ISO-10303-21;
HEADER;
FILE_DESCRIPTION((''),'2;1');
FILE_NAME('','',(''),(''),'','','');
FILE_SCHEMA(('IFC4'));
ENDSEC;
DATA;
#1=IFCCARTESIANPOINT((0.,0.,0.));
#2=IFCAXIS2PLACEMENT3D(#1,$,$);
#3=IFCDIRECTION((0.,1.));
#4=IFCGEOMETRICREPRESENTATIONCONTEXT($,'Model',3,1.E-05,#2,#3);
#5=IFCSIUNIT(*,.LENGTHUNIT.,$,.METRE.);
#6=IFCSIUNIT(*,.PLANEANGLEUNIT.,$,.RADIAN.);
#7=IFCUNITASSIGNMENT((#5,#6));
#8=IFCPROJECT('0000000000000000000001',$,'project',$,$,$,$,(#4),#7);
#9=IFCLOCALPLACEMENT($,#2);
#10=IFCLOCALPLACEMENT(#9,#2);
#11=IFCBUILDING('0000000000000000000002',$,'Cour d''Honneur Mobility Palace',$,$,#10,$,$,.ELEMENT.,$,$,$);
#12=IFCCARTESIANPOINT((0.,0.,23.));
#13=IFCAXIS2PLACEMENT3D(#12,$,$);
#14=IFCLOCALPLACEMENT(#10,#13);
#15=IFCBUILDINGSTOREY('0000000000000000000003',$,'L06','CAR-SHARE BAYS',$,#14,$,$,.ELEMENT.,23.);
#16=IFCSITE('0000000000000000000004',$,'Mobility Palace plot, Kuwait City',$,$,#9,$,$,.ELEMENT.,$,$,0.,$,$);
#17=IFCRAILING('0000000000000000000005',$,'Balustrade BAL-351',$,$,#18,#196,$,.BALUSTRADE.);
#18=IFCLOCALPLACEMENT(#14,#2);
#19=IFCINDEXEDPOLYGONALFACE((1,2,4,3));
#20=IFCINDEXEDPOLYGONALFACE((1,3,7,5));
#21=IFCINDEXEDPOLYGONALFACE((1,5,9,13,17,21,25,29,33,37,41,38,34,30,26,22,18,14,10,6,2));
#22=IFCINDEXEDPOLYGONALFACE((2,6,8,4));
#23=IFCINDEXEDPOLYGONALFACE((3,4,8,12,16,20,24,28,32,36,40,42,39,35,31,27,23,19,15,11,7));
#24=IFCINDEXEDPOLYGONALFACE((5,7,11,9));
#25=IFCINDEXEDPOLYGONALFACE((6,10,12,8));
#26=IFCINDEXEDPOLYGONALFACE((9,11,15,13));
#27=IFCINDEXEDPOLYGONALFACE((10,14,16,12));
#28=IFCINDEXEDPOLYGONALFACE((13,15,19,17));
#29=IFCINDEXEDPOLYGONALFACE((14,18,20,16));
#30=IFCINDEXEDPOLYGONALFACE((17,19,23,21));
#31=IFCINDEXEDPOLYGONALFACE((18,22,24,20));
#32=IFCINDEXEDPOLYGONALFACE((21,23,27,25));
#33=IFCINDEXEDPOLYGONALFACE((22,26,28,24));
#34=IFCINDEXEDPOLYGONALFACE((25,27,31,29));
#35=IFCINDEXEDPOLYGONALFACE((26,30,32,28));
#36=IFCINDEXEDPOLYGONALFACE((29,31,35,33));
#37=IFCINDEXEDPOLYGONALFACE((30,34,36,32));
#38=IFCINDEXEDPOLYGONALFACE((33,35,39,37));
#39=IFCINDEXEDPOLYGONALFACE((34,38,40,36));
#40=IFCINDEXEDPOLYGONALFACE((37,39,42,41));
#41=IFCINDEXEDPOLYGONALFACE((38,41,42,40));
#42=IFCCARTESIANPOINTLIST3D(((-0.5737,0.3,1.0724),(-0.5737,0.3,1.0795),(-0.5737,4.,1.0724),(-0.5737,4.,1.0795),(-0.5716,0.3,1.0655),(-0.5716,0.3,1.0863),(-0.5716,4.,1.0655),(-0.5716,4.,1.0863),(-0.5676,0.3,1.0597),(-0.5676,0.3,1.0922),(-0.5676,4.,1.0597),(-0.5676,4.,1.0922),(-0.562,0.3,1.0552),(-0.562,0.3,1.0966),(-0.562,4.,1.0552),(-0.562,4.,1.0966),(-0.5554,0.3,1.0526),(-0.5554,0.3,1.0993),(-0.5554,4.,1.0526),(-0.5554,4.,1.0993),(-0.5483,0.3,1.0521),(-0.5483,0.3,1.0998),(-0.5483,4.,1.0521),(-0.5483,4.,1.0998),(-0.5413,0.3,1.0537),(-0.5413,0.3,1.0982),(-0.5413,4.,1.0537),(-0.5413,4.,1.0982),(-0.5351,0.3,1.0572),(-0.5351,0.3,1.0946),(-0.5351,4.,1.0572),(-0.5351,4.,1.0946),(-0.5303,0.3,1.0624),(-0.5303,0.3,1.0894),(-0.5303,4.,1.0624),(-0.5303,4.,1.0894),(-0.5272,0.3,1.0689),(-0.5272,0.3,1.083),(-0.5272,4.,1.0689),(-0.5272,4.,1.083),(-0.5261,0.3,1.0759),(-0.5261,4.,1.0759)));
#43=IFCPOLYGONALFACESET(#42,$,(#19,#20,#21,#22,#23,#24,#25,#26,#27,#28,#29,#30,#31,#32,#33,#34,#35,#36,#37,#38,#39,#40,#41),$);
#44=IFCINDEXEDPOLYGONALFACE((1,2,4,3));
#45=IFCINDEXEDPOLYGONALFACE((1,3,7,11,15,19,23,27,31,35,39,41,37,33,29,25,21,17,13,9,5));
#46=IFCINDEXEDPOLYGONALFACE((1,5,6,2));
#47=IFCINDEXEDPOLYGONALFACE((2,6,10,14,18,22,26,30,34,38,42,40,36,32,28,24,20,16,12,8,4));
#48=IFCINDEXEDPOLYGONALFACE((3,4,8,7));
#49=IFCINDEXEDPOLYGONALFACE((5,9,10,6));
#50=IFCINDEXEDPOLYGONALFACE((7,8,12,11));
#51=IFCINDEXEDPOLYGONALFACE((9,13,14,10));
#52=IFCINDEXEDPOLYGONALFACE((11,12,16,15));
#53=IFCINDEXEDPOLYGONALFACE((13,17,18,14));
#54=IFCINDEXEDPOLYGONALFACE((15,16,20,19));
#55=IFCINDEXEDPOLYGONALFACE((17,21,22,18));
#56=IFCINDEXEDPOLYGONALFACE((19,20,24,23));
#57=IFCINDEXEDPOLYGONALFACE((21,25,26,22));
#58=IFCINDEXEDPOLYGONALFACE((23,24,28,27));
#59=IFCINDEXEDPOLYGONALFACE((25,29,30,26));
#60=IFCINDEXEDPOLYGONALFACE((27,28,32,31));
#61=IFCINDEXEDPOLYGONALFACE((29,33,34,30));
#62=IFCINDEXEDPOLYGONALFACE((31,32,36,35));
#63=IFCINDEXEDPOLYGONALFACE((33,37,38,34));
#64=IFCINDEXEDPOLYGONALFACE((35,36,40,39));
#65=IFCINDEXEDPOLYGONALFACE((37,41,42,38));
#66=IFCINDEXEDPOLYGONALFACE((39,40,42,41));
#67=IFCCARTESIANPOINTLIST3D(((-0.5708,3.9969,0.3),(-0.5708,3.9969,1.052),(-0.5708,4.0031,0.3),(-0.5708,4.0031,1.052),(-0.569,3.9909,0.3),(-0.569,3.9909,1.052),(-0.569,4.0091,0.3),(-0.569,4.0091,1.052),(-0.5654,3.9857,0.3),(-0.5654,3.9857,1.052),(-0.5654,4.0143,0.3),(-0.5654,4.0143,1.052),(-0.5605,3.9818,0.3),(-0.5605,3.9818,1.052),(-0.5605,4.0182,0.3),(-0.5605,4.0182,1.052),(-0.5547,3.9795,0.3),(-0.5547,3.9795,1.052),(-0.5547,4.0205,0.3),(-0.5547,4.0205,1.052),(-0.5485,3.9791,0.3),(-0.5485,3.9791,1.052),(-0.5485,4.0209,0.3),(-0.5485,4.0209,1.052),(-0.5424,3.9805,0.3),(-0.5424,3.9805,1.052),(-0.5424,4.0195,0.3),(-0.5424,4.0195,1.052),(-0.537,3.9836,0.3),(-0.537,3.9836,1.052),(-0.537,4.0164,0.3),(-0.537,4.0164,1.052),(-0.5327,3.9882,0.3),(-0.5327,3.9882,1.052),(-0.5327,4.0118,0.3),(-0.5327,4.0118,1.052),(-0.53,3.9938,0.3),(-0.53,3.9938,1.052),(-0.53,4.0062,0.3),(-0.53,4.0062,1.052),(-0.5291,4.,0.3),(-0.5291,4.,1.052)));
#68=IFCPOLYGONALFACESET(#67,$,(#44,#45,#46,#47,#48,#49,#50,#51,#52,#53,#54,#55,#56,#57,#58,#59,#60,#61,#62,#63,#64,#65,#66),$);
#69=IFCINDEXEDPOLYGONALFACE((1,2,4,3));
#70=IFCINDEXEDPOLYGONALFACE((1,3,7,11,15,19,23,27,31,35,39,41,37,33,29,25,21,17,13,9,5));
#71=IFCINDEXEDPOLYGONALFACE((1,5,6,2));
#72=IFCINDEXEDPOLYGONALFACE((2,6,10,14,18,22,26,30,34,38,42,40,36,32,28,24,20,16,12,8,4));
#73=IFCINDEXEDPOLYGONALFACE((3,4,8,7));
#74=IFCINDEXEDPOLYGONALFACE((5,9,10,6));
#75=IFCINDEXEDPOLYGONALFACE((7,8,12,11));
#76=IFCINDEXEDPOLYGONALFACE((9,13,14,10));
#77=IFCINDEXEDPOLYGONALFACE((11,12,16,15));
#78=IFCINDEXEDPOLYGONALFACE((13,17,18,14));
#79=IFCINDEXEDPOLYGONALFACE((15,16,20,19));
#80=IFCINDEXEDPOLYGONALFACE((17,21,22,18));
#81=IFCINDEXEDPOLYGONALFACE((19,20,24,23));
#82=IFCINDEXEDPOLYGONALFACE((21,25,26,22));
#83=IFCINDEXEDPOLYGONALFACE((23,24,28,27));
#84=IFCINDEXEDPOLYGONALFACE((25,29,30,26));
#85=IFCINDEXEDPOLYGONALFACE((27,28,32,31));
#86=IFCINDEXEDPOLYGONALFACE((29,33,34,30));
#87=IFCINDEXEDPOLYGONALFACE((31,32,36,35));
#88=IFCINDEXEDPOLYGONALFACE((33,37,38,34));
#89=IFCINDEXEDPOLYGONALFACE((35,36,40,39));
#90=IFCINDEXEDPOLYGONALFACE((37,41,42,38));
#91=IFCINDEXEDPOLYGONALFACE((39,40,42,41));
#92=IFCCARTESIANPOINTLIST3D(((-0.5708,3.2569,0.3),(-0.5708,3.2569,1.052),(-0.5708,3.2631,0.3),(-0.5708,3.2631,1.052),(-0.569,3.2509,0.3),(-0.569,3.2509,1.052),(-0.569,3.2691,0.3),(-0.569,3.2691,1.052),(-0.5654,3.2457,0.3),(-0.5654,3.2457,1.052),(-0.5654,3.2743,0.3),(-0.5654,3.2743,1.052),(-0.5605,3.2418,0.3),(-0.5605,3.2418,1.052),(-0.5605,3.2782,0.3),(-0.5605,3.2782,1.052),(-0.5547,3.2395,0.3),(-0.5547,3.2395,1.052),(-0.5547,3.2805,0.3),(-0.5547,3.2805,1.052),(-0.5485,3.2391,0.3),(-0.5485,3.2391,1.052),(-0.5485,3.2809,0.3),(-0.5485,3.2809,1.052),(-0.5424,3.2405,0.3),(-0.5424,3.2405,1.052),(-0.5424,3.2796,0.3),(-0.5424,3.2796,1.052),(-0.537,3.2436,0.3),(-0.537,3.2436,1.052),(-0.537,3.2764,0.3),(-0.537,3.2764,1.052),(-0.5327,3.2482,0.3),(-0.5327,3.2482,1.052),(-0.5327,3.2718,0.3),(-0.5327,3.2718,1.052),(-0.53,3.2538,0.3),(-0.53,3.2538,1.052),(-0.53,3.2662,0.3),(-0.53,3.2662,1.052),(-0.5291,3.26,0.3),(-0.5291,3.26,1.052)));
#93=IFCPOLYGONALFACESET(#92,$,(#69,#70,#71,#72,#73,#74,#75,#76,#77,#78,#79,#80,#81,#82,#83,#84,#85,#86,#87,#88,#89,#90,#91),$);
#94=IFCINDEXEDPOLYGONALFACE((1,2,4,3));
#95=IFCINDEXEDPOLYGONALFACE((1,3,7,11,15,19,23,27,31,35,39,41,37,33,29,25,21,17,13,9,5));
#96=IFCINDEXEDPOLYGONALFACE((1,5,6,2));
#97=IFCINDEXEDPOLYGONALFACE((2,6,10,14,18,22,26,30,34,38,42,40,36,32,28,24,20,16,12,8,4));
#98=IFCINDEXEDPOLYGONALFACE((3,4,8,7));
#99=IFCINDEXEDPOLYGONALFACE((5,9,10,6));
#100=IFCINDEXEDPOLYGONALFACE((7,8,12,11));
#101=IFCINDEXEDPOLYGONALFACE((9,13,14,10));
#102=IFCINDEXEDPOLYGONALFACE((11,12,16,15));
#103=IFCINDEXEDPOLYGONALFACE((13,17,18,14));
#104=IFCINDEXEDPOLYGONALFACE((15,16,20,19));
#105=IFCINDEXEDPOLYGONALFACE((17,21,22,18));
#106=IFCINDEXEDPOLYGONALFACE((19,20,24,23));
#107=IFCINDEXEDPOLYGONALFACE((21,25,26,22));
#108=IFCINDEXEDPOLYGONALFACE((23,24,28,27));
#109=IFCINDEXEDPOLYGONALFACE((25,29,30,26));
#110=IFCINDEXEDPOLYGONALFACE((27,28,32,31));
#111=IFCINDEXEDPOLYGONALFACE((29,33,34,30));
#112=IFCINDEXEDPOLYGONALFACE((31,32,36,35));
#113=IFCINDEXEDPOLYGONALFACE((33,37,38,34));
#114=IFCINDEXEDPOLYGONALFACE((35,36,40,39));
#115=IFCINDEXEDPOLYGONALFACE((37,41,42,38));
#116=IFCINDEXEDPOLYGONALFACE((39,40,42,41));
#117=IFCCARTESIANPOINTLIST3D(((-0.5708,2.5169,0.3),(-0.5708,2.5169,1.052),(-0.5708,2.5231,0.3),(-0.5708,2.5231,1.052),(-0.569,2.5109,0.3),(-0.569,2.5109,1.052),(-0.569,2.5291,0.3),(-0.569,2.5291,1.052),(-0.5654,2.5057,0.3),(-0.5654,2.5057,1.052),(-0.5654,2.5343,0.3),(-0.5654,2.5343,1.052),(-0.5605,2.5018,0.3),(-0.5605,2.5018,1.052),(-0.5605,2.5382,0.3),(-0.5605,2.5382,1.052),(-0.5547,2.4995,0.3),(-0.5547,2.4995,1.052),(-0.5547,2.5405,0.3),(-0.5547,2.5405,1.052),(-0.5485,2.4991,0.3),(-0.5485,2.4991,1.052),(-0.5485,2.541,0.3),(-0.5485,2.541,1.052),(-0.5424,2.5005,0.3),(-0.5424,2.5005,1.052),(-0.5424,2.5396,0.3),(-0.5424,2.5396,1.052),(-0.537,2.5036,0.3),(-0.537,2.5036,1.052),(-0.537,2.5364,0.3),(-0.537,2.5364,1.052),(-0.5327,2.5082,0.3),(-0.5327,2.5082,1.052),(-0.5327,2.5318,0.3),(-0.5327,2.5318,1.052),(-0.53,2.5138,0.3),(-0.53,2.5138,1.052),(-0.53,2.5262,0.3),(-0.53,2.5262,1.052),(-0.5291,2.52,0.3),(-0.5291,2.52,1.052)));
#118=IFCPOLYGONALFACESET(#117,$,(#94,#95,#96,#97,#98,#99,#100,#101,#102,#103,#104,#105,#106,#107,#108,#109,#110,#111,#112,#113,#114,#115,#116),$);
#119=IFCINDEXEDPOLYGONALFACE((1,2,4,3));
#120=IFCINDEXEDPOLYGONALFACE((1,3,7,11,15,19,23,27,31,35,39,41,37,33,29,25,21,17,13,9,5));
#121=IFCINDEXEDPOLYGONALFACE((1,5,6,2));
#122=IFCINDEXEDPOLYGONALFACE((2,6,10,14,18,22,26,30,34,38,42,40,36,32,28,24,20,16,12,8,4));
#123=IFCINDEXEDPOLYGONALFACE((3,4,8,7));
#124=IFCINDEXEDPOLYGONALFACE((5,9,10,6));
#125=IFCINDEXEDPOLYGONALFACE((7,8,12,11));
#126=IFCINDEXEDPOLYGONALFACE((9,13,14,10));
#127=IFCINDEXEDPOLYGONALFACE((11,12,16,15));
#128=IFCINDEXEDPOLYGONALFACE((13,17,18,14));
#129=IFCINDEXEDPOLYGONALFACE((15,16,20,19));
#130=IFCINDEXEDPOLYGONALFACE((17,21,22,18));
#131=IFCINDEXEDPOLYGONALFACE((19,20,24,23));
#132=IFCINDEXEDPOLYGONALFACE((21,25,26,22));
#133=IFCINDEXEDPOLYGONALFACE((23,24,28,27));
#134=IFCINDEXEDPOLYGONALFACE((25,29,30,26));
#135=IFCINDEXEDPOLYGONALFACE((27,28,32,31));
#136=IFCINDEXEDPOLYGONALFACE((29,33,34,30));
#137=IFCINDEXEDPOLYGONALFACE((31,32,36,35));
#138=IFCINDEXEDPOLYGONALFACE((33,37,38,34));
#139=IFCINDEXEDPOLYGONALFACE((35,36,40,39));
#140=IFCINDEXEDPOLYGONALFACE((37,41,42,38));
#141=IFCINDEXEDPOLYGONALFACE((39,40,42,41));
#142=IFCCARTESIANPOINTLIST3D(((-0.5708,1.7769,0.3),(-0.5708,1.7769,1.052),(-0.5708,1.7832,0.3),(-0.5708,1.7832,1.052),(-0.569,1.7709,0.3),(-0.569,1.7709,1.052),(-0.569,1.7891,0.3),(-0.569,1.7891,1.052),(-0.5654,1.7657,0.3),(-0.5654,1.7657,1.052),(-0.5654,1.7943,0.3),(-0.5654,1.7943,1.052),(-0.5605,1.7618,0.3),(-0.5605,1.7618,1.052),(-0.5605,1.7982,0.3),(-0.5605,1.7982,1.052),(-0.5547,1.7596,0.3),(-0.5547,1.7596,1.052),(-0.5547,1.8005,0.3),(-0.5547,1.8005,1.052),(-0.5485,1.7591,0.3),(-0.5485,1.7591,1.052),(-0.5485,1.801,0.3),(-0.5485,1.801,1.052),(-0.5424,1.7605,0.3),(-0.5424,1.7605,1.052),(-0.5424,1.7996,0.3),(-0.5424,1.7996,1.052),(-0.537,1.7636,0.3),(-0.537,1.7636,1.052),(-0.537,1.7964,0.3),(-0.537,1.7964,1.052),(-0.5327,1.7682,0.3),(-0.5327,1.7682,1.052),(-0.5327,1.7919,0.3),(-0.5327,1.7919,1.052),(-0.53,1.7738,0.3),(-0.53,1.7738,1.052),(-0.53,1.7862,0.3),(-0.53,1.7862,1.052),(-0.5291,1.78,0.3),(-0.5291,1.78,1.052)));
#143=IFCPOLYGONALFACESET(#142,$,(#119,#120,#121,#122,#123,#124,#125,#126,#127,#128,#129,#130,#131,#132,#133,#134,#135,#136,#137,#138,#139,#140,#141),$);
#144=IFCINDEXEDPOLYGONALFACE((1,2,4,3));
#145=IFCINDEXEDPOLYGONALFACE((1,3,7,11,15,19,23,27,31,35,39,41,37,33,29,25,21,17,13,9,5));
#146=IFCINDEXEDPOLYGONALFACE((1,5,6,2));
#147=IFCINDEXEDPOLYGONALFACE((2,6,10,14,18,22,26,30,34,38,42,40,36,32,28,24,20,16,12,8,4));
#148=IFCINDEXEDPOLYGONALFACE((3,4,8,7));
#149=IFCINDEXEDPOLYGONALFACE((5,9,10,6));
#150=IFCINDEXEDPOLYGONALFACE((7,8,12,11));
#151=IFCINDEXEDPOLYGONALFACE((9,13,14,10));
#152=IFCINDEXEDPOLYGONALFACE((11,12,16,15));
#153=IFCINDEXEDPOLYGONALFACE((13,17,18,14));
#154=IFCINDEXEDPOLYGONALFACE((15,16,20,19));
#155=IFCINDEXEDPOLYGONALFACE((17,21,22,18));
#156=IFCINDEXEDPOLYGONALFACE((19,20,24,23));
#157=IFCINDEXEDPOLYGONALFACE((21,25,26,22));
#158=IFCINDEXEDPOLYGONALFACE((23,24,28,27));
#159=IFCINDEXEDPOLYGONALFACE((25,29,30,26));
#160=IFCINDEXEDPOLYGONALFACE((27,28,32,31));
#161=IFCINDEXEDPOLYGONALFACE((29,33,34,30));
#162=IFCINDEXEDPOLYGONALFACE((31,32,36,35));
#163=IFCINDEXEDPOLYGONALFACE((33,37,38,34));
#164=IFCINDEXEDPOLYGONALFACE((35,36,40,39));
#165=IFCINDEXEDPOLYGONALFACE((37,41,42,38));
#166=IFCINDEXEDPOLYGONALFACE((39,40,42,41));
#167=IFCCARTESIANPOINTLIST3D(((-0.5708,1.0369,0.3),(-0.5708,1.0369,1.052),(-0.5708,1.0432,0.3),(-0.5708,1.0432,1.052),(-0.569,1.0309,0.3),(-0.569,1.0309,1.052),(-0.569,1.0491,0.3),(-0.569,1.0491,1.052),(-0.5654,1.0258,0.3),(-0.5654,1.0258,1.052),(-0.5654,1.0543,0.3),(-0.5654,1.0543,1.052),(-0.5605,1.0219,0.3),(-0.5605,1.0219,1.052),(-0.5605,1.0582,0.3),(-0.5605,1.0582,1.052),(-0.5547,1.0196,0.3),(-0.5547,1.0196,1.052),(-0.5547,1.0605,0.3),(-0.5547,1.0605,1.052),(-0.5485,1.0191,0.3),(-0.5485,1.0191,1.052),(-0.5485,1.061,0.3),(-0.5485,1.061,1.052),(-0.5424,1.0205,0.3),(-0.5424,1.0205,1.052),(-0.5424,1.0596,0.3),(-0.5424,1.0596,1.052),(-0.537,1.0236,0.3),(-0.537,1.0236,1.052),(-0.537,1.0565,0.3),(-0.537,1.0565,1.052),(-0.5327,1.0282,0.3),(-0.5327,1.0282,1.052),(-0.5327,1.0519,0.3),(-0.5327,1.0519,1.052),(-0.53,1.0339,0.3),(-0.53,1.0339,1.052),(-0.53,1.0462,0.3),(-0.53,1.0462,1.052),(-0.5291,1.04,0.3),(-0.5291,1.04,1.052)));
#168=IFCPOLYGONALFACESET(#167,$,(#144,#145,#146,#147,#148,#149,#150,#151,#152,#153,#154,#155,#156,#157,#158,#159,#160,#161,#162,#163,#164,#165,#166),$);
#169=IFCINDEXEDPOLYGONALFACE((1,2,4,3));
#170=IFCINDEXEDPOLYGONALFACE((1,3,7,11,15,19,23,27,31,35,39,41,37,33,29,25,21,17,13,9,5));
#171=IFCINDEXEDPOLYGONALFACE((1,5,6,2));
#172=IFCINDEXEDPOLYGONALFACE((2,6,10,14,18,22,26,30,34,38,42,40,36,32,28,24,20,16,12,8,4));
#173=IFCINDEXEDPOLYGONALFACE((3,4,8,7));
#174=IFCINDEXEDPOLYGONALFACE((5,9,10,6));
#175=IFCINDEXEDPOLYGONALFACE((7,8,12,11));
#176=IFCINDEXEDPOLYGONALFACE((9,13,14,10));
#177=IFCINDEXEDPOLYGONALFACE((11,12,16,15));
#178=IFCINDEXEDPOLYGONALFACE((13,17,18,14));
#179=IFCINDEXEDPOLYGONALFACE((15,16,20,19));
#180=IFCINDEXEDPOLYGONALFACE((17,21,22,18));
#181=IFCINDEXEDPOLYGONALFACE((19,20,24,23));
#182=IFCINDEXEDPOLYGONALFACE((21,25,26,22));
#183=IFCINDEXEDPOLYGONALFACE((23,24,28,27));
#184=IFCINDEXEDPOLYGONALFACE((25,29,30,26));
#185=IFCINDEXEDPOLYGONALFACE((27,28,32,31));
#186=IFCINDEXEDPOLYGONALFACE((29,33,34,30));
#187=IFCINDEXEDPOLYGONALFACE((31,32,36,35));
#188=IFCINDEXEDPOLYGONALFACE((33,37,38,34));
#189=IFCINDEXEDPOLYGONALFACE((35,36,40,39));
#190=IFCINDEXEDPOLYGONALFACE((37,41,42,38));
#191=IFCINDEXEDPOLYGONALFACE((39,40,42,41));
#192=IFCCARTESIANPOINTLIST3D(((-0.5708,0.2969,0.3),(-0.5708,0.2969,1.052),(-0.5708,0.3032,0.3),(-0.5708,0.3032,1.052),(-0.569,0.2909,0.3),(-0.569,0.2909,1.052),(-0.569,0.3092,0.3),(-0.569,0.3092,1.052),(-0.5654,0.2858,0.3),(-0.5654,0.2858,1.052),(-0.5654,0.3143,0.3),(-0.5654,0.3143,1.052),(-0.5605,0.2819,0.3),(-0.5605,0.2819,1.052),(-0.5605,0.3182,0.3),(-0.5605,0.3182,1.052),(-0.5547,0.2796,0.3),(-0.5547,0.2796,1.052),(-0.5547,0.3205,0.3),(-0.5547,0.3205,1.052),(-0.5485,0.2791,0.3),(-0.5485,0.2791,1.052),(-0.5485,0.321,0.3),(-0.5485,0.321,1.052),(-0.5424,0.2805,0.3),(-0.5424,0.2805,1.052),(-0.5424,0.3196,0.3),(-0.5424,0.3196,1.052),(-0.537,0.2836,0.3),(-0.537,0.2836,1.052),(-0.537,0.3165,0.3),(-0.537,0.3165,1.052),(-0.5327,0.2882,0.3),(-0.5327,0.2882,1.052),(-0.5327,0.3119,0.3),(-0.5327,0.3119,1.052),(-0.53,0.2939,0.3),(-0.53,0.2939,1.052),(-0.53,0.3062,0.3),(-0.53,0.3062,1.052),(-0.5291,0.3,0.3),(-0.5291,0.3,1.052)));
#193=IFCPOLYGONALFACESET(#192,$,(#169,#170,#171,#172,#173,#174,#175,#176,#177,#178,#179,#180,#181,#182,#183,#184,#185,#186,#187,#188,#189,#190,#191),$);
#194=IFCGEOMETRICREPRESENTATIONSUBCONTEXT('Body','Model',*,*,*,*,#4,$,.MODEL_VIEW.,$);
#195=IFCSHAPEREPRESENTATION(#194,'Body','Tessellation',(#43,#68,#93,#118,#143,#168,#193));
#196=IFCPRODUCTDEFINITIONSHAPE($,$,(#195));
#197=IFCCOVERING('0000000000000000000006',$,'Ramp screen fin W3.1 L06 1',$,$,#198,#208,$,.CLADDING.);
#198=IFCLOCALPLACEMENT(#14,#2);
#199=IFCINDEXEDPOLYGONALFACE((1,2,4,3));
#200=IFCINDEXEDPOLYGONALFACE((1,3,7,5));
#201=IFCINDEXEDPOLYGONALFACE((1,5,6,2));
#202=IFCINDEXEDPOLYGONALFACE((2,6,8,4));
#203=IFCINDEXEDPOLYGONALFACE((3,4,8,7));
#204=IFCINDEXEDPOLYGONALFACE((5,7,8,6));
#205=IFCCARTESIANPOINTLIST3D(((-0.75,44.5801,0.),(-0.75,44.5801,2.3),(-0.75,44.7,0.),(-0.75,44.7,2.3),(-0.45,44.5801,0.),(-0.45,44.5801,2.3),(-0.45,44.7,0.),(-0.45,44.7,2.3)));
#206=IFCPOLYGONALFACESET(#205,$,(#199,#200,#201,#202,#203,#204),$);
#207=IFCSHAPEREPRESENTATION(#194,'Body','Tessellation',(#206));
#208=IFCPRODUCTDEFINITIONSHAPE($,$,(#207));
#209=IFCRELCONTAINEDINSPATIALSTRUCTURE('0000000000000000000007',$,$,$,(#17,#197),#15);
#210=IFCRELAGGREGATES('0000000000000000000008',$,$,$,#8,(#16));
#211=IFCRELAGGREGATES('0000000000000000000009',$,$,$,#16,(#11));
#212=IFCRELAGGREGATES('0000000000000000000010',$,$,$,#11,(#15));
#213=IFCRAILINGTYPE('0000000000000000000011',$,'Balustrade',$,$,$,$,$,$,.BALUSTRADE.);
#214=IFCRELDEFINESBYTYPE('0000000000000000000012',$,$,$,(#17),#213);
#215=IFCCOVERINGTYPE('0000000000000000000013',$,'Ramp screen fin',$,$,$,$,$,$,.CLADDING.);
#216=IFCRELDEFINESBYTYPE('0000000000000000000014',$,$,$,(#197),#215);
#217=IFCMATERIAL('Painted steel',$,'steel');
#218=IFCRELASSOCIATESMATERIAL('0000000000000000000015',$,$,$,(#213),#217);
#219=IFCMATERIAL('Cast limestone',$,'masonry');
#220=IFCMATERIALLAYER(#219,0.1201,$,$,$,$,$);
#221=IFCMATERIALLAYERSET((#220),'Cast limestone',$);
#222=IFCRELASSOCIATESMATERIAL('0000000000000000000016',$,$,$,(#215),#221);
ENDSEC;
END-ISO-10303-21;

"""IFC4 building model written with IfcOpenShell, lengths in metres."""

from ifc_helpers import new_model, si_unit, direction, frame, origin, origin_2d, place, context, subcontext, project, spatial, polyline, circle, outline, extrude, material, layer, layer_set, type_object, element, save


model = new_model("IFC4")

# Units and contexts
model_context = context("Model", 3, precision=1e-05, world=origin(), true_north=direction((0.0, 1.0)))
body_context = subcontext(model_context, "Body", "Model", "MODEL_VIEW")
ifc_project = project(units=[si_unit("LENGTHUNIT", "METRE"), si_unit("PLANEANGLEUNIT", "RADIAN")], contexts=[model_context])

# Site, building, storey
site_placement = place(None, origin())
site = spatial("IfcSite", under=ifc_project, at=site_placement, Name="Mobility Palace plot, Kuwait City", CompositionType="ELEMENT", RefElevation=0.0)
building_placement = place(site_placement, origin())
building = spatial("IfcBuilding", under=site, at=building_placement, Name="Cour d'Honneur Mobility Palace", CompositionType="ELEMENT")
storey_placement = place(building_placement, frame((0.0, 0.0, 23.0)))
storey = spatial("IfcBuildingStorey", under=building, at=storey_placement, Name="L06", Description="CAR-SHARE BAYS", CompositionType="ELEMENT", Elevation=23.0)

# Railing
ifc_material_1 = material(Name="Painted steel", Category="steel")
railing_type = type_object("IfcRailingType", Name="Balustrade", PredefinedType="BALUSTRADE", material=ifc_material_1)
railing_placement = place(storey_placement, frame((-0.55, 4.0, 0.3)))
element("IfcRailing", 1, at=railing_placement, inside=storey, type_object=railing_type, Name="Balustrade BAL-351", PredefinedType="BALUSTRADE", context=body_context, shape_type="SweptSolid", body=[
    extrude(circle(Radius=0.0239, at=origin_2d()), frame((0.0, 0.0, 0.7759), z_axis=(0.0, -1.0, 0.0), x_axis=(1.0, 0.0, 0.0)), (0.0, 0.0, 1.0), 3.7),
    extrude(circle(Radius=0.021, at=origin_2d()), origin(), (0.0, 0.0, 1.0), 0.752),
    extrude(circle(Radius=0.021, at=origin_2d()), frame((0.0, -0.74, 0.0)), (0.0, 0.0, 1.0), 0.752),
    extrude(circle(Radius=0.021, at=origin_2d()), frame((0.0, -1.48, 0.0)), (0.0, 0.0, 1.0), 0.752),
    extrude(circle(Radius=0.021, at=origin_2d()), frame((0.0, -2.22, 0.0)), (0.0, 0.0, 1.0), 0.752),
    extrude(circle(Radius=0.021, at=origin_2d()), frame((0.0, -2.96, 0.0)), (0.0, 0.0, 1.0), 0.752),
    extrude(circle(Radius=0.021, at=origin_2d()), frame((0.0, -3.7, 0.0)), (0.0, 0.0, 1.0), 0.752),
])

# Covering
ifc_material_2 = material(Name="Cast limestone", Category="masonry")
ifc_layer_1 = layer(ifc_material_2, 0.1201)
ifc_layer_set_1 = layer_set([ifc_layer_1], Name="Cast limestone")
covering_type_1 = type_object("IfcCoveringType", Name="Ramp screen fin", PredefinedType="CLADDING", material=ifc_layer_set_1)
covering_1_placement = place(storey_placement, origin())
element("IfcCovering", 2, at=covering_1_placement, inside=storey, type_object=covering_type_1, Name="Ramp screen fin W3.1 L06 1", PredefinedType="CLADDING", context=body_context, shape_type="SweptSolid", body=[
    extrude(outline(polyline([(-0.45, 44.7), (-0.45, 44.5801), (-0.75, 44.5801), (-0.75, 44.7), (-0.45, 44.7)])), origin(), (0.0, 0.0, 1.0), 2.3),
])

save(model, "model.ifc")
